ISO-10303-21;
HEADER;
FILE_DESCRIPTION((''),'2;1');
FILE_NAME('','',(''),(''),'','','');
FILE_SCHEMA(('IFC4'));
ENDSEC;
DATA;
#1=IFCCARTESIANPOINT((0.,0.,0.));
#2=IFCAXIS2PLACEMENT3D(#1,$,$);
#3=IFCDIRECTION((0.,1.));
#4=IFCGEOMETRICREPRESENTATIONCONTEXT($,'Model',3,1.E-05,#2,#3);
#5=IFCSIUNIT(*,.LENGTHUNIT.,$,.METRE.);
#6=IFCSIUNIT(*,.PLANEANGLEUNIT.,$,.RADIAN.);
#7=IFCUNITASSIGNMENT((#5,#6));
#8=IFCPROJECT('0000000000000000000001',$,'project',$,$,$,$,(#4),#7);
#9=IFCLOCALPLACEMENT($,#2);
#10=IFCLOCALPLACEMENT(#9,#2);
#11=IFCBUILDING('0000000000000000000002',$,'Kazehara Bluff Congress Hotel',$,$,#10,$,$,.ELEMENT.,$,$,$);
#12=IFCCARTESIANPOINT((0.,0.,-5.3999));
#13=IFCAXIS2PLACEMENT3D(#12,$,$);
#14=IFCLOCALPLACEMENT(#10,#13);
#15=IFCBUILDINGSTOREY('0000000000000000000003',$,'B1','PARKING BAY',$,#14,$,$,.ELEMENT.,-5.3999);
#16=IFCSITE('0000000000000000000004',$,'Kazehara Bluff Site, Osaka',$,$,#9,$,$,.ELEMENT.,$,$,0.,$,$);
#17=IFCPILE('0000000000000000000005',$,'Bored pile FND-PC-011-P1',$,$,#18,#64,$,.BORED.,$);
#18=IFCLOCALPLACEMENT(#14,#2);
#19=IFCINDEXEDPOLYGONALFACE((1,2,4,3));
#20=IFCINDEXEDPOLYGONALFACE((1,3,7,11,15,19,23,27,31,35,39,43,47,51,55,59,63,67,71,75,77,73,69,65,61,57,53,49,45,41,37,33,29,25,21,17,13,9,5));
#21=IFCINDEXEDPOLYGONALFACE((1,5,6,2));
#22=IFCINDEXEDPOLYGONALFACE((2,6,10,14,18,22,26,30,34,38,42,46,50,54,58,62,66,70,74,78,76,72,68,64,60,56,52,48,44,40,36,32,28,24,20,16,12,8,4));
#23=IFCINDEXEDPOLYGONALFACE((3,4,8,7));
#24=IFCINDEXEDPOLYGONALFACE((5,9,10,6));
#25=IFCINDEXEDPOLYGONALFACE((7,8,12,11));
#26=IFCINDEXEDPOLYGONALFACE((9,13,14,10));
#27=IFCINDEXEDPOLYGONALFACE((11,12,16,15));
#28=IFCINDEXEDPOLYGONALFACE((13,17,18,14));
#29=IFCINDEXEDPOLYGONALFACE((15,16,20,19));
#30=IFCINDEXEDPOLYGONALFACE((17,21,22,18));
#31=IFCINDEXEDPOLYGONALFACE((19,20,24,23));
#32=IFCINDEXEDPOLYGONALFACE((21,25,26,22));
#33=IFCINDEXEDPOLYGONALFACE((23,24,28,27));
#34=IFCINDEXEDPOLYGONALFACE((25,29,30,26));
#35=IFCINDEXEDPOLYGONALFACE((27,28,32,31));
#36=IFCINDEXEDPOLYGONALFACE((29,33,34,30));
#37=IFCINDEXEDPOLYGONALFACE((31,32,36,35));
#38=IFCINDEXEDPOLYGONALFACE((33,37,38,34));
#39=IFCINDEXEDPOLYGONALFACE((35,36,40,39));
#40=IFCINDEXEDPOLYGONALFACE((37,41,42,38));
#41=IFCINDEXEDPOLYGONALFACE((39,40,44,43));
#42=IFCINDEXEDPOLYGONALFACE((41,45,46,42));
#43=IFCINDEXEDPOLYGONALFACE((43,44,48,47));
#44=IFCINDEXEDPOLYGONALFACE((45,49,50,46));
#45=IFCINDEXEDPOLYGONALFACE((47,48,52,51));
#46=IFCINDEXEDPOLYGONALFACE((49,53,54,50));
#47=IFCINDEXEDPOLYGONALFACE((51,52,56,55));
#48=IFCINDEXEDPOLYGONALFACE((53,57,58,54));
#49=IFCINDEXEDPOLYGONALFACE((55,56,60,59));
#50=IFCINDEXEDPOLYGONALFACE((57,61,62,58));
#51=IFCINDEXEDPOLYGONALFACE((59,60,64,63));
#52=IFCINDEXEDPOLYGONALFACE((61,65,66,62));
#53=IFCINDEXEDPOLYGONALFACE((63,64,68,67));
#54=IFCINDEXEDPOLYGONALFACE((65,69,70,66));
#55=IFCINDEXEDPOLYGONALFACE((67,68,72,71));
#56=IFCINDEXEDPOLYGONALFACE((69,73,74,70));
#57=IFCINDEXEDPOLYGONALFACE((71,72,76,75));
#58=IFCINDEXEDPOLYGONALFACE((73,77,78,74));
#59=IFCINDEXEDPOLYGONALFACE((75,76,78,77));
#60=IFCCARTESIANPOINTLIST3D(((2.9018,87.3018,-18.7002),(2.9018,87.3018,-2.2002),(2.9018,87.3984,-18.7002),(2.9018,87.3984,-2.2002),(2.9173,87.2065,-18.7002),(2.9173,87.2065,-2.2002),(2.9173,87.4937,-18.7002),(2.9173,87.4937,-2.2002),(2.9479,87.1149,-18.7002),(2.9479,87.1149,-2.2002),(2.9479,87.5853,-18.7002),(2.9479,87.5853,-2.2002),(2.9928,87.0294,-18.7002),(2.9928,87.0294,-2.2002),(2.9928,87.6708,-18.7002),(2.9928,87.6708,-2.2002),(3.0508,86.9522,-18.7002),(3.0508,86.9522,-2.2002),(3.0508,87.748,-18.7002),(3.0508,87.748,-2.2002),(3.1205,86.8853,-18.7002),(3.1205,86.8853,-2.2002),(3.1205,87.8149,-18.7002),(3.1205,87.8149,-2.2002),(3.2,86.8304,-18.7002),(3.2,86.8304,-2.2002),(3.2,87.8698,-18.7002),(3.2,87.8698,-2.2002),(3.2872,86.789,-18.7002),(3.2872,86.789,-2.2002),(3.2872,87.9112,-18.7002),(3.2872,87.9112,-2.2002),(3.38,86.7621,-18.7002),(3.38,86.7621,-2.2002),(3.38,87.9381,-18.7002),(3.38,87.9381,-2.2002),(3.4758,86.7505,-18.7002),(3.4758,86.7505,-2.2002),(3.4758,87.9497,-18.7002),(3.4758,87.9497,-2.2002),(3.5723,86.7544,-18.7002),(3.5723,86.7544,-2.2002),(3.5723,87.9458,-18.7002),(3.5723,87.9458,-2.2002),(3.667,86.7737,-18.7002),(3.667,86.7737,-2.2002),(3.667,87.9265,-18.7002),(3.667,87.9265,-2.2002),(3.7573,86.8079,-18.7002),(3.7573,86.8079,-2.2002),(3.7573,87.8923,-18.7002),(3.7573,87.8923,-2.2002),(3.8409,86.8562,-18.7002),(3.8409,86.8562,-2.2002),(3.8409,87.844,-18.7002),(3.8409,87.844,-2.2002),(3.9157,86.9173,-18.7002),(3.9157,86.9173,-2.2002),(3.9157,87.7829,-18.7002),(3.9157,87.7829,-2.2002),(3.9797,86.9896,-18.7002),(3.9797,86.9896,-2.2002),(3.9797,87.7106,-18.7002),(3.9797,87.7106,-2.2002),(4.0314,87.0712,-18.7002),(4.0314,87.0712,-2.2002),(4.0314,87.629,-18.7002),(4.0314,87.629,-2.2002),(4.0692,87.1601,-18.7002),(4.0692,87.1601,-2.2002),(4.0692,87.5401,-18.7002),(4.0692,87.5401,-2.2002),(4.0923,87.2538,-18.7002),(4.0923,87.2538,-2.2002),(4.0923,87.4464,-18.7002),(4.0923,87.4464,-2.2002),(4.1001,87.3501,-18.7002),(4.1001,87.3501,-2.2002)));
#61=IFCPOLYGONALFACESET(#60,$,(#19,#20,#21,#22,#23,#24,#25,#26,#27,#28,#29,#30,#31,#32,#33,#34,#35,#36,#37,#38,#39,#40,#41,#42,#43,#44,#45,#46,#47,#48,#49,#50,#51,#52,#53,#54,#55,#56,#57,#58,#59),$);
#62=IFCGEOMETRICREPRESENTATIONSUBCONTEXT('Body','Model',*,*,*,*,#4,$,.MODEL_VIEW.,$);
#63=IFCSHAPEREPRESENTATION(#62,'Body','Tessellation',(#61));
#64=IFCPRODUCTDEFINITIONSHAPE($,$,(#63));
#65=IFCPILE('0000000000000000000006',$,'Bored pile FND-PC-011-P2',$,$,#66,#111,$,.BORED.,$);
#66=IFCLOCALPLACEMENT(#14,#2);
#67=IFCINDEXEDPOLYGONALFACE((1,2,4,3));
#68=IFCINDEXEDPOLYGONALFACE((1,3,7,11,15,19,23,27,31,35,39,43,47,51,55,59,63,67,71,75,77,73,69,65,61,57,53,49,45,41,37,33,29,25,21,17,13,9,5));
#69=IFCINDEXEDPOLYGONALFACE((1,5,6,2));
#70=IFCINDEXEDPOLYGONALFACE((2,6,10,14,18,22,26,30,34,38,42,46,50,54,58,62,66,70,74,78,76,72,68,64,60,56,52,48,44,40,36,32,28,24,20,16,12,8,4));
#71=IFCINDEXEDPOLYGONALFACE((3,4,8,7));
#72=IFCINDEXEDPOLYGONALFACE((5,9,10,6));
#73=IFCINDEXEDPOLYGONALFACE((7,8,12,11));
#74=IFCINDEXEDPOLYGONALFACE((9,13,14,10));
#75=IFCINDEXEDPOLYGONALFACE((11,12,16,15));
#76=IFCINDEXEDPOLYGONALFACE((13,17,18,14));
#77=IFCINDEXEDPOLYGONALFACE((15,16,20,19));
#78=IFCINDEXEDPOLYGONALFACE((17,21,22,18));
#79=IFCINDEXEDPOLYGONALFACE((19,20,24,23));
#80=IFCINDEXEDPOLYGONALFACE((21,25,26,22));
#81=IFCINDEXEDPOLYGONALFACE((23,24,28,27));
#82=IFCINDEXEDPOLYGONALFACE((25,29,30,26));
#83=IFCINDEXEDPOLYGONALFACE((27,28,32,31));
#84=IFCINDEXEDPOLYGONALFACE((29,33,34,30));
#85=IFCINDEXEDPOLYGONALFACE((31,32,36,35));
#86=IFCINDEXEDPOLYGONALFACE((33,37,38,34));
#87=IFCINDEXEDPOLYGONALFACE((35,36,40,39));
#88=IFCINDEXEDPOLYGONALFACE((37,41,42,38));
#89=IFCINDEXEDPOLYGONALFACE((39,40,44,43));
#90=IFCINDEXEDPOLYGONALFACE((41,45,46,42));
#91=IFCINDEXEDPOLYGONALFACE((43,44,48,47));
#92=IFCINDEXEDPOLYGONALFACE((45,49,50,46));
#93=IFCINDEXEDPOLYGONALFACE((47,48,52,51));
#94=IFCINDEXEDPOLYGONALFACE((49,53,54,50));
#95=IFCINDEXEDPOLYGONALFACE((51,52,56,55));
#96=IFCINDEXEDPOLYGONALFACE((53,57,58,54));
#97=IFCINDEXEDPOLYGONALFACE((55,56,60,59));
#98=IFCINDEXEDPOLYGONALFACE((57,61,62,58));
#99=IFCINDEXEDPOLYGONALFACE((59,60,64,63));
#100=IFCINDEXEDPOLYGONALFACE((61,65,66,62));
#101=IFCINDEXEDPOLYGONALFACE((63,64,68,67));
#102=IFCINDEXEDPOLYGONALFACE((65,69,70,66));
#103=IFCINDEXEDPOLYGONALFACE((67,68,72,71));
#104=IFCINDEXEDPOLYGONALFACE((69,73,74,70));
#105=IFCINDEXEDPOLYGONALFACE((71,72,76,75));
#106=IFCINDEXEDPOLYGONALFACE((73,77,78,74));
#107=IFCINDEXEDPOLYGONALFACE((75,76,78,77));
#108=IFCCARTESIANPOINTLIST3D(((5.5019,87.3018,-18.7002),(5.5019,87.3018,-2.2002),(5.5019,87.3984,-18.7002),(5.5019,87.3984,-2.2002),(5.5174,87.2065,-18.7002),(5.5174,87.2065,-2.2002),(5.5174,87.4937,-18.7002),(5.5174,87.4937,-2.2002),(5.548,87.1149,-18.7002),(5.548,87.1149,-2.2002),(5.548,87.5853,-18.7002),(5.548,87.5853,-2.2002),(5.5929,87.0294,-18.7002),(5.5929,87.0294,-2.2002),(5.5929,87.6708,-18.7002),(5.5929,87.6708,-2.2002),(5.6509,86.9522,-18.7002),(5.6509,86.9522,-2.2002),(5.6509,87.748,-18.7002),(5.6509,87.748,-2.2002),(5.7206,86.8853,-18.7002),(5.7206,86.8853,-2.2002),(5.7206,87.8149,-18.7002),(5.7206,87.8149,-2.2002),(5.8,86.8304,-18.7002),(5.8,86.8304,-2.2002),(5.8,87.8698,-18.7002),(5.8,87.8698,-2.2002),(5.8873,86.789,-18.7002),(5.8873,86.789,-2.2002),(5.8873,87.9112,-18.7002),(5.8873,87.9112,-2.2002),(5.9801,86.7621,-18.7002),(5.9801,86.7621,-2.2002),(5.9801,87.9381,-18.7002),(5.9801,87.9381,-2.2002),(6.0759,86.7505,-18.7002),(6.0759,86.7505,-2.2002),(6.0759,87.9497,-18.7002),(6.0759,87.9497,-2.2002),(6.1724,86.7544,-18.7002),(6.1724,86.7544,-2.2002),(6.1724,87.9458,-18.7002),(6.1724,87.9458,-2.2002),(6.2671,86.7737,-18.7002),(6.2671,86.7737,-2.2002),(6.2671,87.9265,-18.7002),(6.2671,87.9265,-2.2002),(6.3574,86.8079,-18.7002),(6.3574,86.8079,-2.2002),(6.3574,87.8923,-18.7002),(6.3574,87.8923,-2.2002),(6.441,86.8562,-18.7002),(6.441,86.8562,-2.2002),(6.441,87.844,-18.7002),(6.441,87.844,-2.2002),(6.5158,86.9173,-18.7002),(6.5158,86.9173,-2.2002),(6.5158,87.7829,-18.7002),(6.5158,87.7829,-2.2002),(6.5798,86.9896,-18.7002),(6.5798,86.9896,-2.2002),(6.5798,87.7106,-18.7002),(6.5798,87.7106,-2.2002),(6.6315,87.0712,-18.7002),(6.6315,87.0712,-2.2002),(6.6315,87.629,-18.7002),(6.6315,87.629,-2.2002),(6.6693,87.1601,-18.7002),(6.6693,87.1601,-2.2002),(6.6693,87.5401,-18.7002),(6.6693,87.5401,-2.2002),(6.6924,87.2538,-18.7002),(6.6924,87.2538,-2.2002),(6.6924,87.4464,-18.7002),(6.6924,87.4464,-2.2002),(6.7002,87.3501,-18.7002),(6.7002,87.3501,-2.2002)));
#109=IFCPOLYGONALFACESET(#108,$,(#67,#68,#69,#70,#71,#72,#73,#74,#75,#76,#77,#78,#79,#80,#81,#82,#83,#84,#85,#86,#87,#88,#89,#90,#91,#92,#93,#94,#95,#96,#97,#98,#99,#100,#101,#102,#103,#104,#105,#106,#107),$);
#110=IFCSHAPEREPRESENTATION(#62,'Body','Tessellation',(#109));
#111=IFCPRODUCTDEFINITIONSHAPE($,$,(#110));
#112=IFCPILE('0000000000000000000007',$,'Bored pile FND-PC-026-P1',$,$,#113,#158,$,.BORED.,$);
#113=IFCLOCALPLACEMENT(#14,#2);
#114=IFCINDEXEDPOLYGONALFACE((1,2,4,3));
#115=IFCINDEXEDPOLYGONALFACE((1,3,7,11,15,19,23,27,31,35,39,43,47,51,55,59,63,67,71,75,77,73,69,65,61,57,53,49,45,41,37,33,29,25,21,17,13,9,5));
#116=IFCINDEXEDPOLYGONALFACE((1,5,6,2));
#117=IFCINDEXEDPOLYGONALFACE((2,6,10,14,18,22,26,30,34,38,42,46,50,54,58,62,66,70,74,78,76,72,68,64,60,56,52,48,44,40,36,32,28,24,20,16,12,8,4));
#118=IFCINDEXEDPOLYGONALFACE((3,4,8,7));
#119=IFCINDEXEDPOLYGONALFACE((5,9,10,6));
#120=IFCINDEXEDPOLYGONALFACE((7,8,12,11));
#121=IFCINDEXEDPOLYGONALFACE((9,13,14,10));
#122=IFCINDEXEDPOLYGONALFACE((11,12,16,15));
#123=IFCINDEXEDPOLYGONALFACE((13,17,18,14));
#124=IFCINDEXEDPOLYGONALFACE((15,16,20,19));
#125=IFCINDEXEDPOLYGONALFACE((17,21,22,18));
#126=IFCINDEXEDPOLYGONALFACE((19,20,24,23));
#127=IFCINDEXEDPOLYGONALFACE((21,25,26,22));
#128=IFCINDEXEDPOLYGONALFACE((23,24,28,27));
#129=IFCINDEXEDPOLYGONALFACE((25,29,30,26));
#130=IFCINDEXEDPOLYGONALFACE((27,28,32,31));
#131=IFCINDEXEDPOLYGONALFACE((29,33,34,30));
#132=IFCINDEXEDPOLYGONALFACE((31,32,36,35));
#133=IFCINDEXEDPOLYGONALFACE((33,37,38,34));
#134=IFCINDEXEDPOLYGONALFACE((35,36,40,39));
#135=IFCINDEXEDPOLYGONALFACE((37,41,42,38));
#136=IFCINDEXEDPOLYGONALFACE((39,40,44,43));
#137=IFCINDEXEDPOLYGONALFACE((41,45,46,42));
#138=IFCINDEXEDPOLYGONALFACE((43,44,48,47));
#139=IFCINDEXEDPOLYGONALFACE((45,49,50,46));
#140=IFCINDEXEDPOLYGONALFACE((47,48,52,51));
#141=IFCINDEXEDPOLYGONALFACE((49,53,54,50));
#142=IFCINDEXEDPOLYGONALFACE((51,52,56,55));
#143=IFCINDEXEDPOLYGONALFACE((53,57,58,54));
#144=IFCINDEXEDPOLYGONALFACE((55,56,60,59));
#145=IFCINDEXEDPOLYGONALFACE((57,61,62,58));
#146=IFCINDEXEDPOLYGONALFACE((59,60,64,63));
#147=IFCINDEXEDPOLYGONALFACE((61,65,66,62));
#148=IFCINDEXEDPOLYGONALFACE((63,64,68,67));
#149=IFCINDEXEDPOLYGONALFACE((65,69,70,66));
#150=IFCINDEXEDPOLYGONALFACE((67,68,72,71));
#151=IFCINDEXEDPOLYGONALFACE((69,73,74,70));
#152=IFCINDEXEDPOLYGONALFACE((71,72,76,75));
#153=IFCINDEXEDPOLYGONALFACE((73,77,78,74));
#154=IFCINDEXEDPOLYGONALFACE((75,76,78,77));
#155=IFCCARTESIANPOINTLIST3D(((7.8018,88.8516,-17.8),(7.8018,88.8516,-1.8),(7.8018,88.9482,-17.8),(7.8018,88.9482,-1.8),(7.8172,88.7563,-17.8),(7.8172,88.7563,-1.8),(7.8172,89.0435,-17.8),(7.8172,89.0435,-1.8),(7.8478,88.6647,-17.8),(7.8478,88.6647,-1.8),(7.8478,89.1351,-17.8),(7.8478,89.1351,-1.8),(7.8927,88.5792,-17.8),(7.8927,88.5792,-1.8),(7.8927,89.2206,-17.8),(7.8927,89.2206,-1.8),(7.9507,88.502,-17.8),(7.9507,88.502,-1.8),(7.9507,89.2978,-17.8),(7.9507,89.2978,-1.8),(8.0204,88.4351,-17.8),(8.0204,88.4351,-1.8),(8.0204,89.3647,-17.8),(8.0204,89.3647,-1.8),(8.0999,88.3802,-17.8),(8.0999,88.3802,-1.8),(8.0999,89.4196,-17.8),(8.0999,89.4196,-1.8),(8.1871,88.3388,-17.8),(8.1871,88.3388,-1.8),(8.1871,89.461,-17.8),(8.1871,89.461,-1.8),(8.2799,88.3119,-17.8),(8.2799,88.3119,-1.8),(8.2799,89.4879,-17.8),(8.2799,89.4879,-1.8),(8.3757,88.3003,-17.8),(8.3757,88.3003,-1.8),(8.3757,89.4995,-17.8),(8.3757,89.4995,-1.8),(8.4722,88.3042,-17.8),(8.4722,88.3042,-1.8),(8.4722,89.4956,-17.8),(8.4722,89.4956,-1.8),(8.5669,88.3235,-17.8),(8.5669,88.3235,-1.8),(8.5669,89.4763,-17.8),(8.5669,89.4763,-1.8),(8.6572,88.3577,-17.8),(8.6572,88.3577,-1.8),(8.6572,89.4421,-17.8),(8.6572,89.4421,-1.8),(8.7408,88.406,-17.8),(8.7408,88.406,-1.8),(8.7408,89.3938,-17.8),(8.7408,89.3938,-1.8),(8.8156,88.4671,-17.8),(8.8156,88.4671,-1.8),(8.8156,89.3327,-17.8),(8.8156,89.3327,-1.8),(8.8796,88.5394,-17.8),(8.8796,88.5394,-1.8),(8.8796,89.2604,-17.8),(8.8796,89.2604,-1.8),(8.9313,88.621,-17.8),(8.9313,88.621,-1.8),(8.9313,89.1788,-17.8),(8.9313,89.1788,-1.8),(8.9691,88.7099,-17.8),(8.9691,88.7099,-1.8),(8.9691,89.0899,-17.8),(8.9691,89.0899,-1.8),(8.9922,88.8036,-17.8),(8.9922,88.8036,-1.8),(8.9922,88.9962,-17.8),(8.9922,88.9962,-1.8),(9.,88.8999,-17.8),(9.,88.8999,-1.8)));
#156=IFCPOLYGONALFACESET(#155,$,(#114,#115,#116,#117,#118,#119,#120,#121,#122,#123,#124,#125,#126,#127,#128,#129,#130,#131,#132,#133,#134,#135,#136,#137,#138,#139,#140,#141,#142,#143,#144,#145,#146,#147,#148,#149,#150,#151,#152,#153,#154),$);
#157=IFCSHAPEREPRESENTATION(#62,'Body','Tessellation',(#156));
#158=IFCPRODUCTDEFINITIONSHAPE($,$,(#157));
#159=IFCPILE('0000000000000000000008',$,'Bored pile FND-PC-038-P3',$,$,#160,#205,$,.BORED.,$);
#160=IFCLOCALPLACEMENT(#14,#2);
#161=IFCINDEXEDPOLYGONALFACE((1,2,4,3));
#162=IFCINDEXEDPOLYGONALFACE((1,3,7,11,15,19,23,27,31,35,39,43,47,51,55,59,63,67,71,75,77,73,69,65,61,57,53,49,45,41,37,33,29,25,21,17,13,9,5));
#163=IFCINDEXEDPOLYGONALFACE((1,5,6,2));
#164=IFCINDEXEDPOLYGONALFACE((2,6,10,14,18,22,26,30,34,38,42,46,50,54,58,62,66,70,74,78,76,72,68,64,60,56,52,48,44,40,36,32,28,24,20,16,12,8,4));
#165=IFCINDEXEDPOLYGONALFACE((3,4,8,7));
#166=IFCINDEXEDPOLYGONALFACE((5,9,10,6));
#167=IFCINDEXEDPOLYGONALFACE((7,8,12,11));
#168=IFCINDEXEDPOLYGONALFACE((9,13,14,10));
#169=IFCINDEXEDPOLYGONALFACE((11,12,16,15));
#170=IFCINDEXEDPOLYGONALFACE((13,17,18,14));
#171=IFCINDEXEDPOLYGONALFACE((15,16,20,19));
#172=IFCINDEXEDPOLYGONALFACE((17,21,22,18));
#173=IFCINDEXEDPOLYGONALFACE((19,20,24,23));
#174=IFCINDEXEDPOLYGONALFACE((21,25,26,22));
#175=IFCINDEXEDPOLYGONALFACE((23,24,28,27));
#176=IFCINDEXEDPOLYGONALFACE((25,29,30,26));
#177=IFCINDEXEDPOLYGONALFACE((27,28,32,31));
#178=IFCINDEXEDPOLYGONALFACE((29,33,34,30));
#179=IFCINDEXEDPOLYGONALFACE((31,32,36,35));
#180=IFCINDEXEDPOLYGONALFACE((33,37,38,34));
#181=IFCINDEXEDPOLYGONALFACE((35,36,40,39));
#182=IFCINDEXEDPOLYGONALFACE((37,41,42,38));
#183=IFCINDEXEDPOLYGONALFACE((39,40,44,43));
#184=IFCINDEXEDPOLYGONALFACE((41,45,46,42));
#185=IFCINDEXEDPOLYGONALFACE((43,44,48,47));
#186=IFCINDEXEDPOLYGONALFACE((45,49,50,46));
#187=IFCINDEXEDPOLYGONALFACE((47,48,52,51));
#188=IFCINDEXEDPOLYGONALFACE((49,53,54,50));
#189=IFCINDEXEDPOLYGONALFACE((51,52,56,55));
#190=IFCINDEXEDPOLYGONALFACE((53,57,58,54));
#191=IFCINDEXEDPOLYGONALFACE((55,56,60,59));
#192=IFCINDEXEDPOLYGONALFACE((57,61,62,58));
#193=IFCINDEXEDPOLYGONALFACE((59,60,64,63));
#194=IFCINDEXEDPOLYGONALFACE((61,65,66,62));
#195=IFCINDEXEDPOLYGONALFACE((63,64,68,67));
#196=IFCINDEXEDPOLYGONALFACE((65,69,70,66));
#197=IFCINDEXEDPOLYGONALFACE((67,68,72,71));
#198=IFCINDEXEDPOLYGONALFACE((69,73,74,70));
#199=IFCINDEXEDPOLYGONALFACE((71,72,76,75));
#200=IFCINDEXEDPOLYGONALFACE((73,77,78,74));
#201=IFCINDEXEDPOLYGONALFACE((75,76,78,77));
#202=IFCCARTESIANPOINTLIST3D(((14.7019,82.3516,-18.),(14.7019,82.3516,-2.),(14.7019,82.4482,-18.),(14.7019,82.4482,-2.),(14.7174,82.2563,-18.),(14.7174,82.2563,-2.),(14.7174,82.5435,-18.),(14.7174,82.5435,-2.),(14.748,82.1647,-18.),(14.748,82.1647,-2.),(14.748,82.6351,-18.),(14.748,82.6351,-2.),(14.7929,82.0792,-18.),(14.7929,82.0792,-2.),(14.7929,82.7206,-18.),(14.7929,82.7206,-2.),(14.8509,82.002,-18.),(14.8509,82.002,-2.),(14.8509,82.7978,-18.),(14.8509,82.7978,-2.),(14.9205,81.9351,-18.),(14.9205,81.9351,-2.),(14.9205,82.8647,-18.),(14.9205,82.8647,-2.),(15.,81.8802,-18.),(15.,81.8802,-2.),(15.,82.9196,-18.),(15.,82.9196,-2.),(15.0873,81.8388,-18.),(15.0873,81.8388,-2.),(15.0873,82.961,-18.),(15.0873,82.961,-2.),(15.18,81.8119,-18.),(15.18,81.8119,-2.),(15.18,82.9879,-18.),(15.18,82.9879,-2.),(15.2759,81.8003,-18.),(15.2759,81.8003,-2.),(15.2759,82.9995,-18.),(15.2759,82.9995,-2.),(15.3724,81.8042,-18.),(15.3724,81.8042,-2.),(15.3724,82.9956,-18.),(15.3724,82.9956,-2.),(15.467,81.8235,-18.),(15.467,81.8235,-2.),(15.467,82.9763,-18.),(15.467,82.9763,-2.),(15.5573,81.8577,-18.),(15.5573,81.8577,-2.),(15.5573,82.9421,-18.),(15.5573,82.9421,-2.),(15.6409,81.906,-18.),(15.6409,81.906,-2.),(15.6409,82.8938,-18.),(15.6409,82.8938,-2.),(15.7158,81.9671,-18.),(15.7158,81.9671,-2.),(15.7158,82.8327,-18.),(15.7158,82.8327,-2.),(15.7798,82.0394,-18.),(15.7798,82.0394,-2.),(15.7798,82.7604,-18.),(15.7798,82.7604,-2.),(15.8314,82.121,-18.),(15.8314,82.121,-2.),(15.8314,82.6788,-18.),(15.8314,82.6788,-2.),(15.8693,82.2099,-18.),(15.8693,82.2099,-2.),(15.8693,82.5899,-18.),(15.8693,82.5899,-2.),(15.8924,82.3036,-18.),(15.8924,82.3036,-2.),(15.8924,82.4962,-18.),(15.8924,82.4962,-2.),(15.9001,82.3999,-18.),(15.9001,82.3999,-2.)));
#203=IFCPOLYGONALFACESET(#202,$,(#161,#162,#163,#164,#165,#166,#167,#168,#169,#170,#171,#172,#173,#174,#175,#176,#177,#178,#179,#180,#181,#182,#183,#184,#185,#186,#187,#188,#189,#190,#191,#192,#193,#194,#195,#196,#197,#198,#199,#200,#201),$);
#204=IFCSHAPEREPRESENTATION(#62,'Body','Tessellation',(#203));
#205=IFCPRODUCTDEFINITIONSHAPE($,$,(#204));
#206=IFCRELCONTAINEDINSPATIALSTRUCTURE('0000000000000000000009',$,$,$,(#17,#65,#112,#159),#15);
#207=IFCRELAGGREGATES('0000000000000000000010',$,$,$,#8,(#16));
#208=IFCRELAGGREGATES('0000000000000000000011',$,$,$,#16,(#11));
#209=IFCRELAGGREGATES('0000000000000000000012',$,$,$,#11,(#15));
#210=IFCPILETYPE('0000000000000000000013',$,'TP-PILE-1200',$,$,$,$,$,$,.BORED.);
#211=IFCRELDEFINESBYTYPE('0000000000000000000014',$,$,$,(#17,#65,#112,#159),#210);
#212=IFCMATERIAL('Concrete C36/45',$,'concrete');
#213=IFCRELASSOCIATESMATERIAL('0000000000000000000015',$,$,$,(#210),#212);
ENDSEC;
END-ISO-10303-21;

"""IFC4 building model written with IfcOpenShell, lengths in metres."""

from ifc_helpers import new_model, si_unit, direction, frame, origin, origin_2d, place, context, subcontext, project, spatial, circle, extrude, material, material_profile, profile_set, type_object, element, save


model = new_model("IFC4")

# Units and contexts
model_context = context("Model", 3, precision=1e-05, world=origin(), true_north=direction((0.0, 1.0)))
body_context = subcontext(model_context, "Body", "Model", "MODEL_VIEW")
ifc_project = project(units=[si_unit("LENGTHUNIT", "METRE"), si_unit("PLANEANGLEUNIT", "RADIAN")], contexts=[model_context])

# Site, building, storey
site_placement = place(None, origin())
site = spatial("IfcSite", under=ifc_project, at=site_placement, Name="Kazehara Bluff Site, Osaka", CompositionType="ELEMENT", RefElevation=0.0)
building_placement = place(site_placement, origin())
building = spatial("IfcBuilding", under=site, at=building_placement, Name="Kazehara Bluff Congress Hotel", CompositionType="ELEMENT")
storey_placement = place(building_placement, frame((0.0, 0.0, -5.3999)))
storey = spatial("IfcBuildingStorey", under=building, at=storey_placement, Name="B1", Description="PARKING BAY", CompositionType="ELEMENT", Elevation=-5.3999)

# Piles
ifc_material_1 = material(Name="Concrete C36/45", Category="concrete")
ifc_material_profile_1 = material_profile(ifc_material_1, circle(Radius=0.6001, at=origin_2d()))
ifc_profile_set_1 = profile_set([ifc_material_profile_1], Name="Concrete C36/45")
pile_type = type_object("IfcPileType", Name="TP-PILE-1200", PredefinedType="BORED", material=ifc_profile_set_1)
for number, where, z_axis, x_axis, name in (
    (1, (3.5, 87.3501, -2.2002), (0.0, 0.0, -1.0), (1.0, 0.0, 0.0), "Bored pile FND-PC-011-P1"),
    (2, (6.1001, 87.3501, -2.2002), (0.0, 0.0, -1.0), (1.0, 0.0, 0.0), "Bored pile FND-PC-011-P2"),
):
    element("IfcPile", number, at=place(storey_placement, frame(where, z_axis=z_axis, x_axis=x_axis)), inside=storey, type_object=pile_type, Name=name, PredefinedType="BORED", context=body_context, shape_type="SweptSolid", body=[
        extrude(circle(Radius=0.6001, at=origin_2d()), origin(), (0.0, 0.0, 1.0), 16.5),
    ])
for number, where, z_axis, x_axis, name in (
    (3, (8.3999, 88.8999, -1.8), (0.0, 0.0, -1.0), (1.0, 0.0, 0.0), "Bored pile FND-PC-026-P1"),
    (4, (15.3, 82.3999, -2.0), (0.0, 0.0, -1.0), (1.0, 0.0, 0.0), "Bored pile FND-PC-038-P3"),
):
    element("IfcPile", number, at=place(storey_placement, frame(where, z_axis=z_axis, x_axis=x_axis)), inside=storey, type_object=pile_type, Name=name, PredefinedType="BORED", context=body_context, shape_type="SweptSolid", body=[
        extrude(circle(Radius=0.6001, at=origin_2d()), origin(), (0.0, 0.0, 1.0), 16.0),
    ])

save(model, "model.ifc")
